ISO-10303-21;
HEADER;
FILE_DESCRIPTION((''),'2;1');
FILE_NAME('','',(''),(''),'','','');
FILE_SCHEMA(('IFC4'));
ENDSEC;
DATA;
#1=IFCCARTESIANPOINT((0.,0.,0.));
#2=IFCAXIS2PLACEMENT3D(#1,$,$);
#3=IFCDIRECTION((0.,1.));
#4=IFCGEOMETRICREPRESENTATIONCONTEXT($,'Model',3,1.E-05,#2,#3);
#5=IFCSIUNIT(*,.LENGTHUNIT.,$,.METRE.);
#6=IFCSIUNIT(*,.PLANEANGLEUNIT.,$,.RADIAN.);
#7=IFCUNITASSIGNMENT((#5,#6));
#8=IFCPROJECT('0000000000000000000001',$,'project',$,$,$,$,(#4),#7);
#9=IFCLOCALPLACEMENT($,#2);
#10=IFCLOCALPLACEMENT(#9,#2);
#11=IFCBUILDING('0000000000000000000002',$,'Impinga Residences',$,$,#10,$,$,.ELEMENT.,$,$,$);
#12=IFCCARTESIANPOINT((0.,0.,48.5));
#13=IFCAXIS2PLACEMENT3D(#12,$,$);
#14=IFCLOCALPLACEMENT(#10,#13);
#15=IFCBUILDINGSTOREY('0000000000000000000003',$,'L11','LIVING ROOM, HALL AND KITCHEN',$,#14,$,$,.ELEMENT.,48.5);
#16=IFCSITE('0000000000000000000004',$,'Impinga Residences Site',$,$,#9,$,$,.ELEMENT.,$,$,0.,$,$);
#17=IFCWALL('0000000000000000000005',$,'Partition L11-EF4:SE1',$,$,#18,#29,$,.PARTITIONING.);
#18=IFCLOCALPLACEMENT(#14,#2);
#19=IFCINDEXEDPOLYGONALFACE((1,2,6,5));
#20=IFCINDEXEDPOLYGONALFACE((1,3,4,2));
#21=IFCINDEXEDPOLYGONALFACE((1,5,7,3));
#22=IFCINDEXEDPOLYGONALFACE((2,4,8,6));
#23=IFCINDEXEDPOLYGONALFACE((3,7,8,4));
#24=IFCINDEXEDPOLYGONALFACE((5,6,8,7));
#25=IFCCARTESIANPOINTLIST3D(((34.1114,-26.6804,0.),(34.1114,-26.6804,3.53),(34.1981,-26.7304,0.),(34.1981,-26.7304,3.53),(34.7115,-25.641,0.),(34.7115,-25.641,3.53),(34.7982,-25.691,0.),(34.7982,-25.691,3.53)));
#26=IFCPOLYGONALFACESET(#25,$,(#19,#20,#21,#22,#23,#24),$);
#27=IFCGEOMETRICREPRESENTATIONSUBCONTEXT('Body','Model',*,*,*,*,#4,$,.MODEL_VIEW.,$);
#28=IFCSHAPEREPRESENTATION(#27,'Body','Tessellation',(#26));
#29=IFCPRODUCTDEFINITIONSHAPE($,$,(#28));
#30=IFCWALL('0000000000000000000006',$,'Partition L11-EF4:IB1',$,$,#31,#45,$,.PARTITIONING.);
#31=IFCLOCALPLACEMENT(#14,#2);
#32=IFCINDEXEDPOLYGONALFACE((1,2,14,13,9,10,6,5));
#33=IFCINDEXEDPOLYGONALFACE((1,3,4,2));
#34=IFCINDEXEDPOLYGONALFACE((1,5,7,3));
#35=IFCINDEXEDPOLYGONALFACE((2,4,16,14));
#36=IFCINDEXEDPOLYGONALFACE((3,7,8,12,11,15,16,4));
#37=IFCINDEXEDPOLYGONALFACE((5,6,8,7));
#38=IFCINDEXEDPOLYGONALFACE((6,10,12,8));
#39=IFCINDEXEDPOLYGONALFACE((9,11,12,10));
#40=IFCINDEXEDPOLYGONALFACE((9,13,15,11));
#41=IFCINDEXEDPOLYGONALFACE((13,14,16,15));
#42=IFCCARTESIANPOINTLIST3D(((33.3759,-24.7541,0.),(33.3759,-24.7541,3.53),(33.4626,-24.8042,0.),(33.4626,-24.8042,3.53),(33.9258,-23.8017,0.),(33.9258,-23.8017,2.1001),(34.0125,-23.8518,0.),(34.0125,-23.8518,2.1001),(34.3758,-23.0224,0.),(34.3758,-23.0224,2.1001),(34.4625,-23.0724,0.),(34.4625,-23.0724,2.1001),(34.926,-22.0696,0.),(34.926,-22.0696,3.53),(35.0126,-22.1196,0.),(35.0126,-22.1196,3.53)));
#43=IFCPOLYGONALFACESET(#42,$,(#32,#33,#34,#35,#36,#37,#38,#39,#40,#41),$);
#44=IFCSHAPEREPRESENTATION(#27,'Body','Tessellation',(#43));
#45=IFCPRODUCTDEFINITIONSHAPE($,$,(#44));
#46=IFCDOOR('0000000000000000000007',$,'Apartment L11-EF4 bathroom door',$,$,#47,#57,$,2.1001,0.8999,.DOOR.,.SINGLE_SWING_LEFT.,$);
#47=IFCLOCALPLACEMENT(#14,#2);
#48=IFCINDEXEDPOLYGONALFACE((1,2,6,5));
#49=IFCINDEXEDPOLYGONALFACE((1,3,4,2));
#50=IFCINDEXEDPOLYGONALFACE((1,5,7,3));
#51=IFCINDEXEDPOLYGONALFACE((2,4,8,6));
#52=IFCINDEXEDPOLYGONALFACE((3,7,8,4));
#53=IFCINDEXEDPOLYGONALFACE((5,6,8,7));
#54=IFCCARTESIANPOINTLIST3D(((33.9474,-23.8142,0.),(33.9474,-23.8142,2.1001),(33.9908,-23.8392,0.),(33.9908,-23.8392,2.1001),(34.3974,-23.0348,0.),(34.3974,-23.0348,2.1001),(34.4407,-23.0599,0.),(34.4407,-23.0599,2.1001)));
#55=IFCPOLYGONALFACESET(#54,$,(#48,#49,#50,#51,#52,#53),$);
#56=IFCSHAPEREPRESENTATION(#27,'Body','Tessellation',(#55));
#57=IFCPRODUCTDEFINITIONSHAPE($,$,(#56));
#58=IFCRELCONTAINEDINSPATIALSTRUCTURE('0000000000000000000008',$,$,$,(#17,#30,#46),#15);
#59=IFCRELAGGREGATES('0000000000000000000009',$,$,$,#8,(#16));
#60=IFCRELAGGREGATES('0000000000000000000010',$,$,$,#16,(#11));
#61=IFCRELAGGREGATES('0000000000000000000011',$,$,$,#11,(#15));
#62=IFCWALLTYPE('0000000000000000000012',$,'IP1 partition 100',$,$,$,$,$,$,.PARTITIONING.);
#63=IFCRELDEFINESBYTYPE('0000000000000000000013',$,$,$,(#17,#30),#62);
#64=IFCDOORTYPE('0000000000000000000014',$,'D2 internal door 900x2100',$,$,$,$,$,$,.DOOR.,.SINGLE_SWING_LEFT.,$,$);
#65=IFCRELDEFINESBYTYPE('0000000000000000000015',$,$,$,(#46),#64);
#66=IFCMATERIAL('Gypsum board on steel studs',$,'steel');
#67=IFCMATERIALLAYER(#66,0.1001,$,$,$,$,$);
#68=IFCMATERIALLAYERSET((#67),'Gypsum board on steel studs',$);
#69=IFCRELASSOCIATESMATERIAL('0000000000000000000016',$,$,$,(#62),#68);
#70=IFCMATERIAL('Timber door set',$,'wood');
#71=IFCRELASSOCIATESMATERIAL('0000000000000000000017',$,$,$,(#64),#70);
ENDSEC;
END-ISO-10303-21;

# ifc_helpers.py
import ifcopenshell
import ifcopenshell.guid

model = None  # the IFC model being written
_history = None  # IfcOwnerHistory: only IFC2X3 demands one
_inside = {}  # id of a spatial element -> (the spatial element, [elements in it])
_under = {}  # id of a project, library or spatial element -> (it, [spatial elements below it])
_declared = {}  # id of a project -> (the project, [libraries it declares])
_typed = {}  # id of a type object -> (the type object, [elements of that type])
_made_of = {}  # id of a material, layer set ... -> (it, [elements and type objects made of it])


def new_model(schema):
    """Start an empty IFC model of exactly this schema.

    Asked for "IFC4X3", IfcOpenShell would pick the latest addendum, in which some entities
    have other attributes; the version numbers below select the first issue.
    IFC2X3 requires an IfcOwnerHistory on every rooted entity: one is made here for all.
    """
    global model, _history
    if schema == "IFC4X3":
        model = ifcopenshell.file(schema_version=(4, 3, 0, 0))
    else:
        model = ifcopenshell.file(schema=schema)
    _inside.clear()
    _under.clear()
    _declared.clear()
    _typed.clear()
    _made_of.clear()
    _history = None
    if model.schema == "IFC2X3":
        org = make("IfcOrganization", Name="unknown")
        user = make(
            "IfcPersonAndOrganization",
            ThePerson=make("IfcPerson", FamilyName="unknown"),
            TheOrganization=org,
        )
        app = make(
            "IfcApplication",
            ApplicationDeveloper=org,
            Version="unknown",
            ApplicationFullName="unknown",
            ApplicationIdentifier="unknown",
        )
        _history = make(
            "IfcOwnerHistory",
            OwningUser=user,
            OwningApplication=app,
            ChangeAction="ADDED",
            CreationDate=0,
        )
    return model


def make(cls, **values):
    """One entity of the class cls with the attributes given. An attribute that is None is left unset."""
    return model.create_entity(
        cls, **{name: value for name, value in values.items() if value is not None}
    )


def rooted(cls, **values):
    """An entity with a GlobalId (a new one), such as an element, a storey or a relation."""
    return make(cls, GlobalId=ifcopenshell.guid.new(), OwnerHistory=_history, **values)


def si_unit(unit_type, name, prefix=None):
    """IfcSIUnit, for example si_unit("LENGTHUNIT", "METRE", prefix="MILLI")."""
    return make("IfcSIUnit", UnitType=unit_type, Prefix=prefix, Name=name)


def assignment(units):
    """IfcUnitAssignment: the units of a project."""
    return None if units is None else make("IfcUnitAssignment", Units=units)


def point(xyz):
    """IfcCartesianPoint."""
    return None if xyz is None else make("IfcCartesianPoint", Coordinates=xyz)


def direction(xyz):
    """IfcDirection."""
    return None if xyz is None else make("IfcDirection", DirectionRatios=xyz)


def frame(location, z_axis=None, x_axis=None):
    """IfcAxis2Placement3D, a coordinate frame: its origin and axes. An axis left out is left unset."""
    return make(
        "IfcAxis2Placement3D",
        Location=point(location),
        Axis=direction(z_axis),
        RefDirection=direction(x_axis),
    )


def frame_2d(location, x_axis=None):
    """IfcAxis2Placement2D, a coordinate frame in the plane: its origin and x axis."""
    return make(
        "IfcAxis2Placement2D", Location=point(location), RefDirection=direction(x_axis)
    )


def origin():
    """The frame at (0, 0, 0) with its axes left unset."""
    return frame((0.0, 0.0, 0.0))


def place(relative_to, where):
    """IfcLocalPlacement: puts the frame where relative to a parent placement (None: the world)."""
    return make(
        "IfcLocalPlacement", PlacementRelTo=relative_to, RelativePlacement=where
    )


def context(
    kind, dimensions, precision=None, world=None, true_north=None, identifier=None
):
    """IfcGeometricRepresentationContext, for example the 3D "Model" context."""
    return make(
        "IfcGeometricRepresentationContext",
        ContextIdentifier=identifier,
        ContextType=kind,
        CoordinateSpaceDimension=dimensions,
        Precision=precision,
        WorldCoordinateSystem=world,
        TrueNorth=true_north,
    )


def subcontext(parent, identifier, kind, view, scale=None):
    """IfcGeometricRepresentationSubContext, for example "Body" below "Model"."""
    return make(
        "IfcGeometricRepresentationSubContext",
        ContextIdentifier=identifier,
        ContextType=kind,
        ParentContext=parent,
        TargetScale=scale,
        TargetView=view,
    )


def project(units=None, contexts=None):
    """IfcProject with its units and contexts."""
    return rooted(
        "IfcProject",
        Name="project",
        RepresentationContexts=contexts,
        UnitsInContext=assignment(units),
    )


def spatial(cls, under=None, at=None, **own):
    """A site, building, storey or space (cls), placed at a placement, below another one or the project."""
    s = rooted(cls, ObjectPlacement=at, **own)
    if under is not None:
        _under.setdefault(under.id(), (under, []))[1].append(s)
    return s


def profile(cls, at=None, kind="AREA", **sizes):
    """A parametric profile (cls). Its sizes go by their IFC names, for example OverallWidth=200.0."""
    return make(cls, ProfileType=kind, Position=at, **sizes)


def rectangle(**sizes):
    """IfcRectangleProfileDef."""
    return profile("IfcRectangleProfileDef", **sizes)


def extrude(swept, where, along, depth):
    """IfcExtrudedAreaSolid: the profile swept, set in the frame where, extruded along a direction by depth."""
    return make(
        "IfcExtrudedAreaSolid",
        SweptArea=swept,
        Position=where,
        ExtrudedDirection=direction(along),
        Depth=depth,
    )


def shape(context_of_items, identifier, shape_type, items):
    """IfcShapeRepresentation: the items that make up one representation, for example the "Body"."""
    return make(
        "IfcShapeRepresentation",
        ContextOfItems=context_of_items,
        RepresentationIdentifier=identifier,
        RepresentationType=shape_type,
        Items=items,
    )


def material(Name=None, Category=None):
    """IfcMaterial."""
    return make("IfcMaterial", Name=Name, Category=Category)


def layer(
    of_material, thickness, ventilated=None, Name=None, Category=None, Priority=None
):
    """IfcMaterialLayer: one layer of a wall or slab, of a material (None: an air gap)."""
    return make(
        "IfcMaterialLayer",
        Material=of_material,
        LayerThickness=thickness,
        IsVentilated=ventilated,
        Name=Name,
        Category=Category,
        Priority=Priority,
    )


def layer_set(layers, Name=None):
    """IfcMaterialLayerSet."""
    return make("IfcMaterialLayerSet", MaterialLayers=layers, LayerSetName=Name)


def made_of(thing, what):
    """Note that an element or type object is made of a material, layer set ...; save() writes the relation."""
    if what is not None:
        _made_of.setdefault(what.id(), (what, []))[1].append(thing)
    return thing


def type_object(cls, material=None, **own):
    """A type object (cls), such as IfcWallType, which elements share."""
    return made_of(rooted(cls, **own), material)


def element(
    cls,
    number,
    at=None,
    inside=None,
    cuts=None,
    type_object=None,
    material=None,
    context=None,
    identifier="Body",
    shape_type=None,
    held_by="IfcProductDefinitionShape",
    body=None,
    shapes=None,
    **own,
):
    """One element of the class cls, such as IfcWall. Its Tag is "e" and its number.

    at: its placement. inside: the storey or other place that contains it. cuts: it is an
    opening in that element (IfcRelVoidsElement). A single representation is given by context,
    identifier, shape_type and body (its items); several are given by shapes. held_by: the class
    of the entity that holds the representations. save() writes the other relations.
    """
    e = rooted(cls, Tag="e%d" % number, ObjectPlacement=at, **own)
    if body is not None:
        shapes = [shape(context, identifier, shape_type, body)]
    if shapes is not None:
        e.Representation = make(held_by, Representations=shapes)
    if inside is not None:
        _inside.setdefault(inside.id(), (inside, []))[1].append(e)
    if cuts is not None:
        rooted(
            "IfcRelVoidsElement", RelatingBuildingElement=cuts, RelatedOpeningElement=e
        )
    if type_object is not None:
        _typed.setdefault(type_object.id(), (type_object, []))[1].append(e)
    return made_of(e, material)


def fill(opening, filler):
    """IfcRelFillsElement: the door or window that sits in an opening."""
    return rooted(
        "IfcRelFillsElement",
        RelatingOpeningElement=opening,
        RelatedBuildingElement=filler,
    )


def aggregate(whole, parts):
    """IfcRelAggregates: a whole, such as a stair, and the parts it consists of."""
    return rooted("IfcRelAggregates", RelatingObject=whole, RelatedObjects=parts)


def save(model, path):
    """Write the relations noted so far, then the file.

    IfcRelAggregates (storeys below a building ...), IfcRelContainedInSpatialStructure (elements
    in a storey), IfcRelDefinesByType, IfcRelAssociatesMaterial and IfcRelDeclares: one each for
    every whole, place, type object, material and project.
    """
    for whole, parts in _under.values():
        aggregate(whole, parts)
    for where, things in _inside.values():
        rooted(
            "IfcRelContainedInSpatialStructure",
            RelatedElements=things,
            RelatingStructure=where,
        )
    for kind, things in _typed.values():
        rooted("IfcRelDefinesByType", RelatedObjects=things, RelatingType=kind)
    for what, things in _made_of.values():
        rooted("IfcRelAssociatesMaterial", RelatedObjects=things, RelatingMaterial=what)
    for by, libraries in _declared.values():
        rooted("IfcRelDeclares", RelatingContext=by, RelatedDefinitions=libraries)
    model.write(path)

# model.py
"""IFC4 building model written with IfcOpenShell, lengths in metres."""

from ifc_helpers import new_model, si_unit, direction, frame, frame_2d, origin, place, context, subcontext, project, spatial, rectangle, extrude, material, layer, layer_set, type_object, element, fill, save


model = new_model("IFC4")

# Units and contexts
model_context = context("Model", 3, precision=1e-05, world=origin(), true_north=direction((0.0, 1.0)))
body_context = subcontext(model_context, "Body", "Model", "MODEL_VIEW")
ifc_project = project(units=[si_unit("LENGTHUNIT", "METRE"), si_unit("PLANEANGLEUNIT", "RADIAN")], contexts=[model_context])

# Site, building, storey
site_placement = place(None, origin())
site = spatial("IfcSite", under=ifc_project, at=site_placement, Name="Impinga Residences Site", CompositionType="ELEMENT", RefElevation=0.0)
building_placement = place(site_placement, origin())
building = spatial("IfcBuilding", under=site, at=building_placement, Name="Impinga Residences", CompositionType="ELEMENT")
storey_placement = place(building_placement, frame((0.0, 0.0, 48.5)))
storey = spatial("IfcBuildingStorey", under=building, at=storey_placement, Name="L11", Description="LIVING ROOM, HALL AND KITCHEN", CompositionType="ELEMENT", Elevation=48.5)

# Shared definitions
ifc_material_1 = material(Name="Gypsum board on steel studs", Category="steel")
ifc_layer_1 = layer(ifc_material_1, 0.1001)
ifc_layer_set_1 = layer_set([ifc_layer_1], Name="Gypsum board on steel studs")
wall_type_1 = type_object("IfcWallType", Name="IP1 partition 100", PredefinedType="PARTITIONING", material=ifc_layer_set_1)
ifc_material_2 = material(Name="Timber door set", Category="wood")
door_type = type_object("IfcDoorType", Name="D2 internal door 900x2100", OperationType="SINGLE_SWING_LEFT", PredefinedType="DOOR", material=ifc_material_2)

# Wall
wall_1_placement = place(storey_placement, frame((34.7549, -25.666, 0.0), z_axis=(0.0, 0.0, 1.0), x_axis=(-0.500034, -0.866006, 0.0)))
element("IfcWall", 1, at=wall_1_placement, inside=storey, type_object=wall_type_1, Name="Partition L11-EF4:SE1", PredefinedType="PARTITIONING", context=body_context, shape_type="SweptSolid", body=[
    extrude(rectangle(XDim=1.2002, YDim=0.1001, at=frame_2d((0.6001, 0.0))), origin(), (0.0, 0.0, 1.0), 3.53),
])

# Wall, opening, door
wall_2_placement = place(storey_placement, frame((34.9692, -22.0947, 0.0), z_axis=(0.0, 0.0, 1.0), x_axis=(-0.500027, -0.86601, 0.0)))
wall_2 = element("IfcWall", 2, at=wall_2_placement, inside=storey, type_object=wall_type_1, Name="Partition L11-EF4:IB1", PredefinedType="PARTITIONING", context=body_context, shape_type="SweptSolid", body=[
    extrude(rectangle(XDim=3.0999, YDim=0.1001, at=frame_2d((1.5498, 0.0))), origin(), (0.0, 0.0, 1.0), 3.53),
])
opening_1_placement = place(wall_2_placement, frame((1.1001, 0.0, 0.0)))
opening_1 = element("IfcOpeningElement", 3, at=opening_1_placement, cuts=wall_2, PredefinedType="OPENING", context=body_context, shape_type="SweptSolid", body=[
    extrude(rectangle(XDim=0.8999, YDim=2.1001, at=frame_2d((0.45, 1.05))), frame((0.0, 0.0601, 0.0), z_axis=(0.0, -1.0, 0.0), x_axis=(1.0, 0.0, 0.0)), (0.0, 0.0, 1.0), 0.1201),
])
door_1_placement = place(opening_1_placement, origin())
door_1 = element("IfcDoor", 4, at=door_1_placement, inside=storey, type_object=door_type, Name="Apartment L11-EF4 bathroom door", OperationType="SINGLE_SWING_LEFT", OverallHeight=2.1001, OverallWidth=0.8999, PredefinedType="DOOR", context=body_context, shape_type="SweptSolid", body=[
    extrude(rectangle(XDim=0.8999, YDim=2.1001, at=frame_2d((0.45, 1.05))), frame((0.0, 0.0249, 0.0), z_axis=(0.0, -1.0, 0.0), x_axis=(1.0, 0.0, 0.0)), (0.0, 0.0, 1.0), 0.05),
])
fill(opening_1, door_1)

save(model, "model.ifc")
